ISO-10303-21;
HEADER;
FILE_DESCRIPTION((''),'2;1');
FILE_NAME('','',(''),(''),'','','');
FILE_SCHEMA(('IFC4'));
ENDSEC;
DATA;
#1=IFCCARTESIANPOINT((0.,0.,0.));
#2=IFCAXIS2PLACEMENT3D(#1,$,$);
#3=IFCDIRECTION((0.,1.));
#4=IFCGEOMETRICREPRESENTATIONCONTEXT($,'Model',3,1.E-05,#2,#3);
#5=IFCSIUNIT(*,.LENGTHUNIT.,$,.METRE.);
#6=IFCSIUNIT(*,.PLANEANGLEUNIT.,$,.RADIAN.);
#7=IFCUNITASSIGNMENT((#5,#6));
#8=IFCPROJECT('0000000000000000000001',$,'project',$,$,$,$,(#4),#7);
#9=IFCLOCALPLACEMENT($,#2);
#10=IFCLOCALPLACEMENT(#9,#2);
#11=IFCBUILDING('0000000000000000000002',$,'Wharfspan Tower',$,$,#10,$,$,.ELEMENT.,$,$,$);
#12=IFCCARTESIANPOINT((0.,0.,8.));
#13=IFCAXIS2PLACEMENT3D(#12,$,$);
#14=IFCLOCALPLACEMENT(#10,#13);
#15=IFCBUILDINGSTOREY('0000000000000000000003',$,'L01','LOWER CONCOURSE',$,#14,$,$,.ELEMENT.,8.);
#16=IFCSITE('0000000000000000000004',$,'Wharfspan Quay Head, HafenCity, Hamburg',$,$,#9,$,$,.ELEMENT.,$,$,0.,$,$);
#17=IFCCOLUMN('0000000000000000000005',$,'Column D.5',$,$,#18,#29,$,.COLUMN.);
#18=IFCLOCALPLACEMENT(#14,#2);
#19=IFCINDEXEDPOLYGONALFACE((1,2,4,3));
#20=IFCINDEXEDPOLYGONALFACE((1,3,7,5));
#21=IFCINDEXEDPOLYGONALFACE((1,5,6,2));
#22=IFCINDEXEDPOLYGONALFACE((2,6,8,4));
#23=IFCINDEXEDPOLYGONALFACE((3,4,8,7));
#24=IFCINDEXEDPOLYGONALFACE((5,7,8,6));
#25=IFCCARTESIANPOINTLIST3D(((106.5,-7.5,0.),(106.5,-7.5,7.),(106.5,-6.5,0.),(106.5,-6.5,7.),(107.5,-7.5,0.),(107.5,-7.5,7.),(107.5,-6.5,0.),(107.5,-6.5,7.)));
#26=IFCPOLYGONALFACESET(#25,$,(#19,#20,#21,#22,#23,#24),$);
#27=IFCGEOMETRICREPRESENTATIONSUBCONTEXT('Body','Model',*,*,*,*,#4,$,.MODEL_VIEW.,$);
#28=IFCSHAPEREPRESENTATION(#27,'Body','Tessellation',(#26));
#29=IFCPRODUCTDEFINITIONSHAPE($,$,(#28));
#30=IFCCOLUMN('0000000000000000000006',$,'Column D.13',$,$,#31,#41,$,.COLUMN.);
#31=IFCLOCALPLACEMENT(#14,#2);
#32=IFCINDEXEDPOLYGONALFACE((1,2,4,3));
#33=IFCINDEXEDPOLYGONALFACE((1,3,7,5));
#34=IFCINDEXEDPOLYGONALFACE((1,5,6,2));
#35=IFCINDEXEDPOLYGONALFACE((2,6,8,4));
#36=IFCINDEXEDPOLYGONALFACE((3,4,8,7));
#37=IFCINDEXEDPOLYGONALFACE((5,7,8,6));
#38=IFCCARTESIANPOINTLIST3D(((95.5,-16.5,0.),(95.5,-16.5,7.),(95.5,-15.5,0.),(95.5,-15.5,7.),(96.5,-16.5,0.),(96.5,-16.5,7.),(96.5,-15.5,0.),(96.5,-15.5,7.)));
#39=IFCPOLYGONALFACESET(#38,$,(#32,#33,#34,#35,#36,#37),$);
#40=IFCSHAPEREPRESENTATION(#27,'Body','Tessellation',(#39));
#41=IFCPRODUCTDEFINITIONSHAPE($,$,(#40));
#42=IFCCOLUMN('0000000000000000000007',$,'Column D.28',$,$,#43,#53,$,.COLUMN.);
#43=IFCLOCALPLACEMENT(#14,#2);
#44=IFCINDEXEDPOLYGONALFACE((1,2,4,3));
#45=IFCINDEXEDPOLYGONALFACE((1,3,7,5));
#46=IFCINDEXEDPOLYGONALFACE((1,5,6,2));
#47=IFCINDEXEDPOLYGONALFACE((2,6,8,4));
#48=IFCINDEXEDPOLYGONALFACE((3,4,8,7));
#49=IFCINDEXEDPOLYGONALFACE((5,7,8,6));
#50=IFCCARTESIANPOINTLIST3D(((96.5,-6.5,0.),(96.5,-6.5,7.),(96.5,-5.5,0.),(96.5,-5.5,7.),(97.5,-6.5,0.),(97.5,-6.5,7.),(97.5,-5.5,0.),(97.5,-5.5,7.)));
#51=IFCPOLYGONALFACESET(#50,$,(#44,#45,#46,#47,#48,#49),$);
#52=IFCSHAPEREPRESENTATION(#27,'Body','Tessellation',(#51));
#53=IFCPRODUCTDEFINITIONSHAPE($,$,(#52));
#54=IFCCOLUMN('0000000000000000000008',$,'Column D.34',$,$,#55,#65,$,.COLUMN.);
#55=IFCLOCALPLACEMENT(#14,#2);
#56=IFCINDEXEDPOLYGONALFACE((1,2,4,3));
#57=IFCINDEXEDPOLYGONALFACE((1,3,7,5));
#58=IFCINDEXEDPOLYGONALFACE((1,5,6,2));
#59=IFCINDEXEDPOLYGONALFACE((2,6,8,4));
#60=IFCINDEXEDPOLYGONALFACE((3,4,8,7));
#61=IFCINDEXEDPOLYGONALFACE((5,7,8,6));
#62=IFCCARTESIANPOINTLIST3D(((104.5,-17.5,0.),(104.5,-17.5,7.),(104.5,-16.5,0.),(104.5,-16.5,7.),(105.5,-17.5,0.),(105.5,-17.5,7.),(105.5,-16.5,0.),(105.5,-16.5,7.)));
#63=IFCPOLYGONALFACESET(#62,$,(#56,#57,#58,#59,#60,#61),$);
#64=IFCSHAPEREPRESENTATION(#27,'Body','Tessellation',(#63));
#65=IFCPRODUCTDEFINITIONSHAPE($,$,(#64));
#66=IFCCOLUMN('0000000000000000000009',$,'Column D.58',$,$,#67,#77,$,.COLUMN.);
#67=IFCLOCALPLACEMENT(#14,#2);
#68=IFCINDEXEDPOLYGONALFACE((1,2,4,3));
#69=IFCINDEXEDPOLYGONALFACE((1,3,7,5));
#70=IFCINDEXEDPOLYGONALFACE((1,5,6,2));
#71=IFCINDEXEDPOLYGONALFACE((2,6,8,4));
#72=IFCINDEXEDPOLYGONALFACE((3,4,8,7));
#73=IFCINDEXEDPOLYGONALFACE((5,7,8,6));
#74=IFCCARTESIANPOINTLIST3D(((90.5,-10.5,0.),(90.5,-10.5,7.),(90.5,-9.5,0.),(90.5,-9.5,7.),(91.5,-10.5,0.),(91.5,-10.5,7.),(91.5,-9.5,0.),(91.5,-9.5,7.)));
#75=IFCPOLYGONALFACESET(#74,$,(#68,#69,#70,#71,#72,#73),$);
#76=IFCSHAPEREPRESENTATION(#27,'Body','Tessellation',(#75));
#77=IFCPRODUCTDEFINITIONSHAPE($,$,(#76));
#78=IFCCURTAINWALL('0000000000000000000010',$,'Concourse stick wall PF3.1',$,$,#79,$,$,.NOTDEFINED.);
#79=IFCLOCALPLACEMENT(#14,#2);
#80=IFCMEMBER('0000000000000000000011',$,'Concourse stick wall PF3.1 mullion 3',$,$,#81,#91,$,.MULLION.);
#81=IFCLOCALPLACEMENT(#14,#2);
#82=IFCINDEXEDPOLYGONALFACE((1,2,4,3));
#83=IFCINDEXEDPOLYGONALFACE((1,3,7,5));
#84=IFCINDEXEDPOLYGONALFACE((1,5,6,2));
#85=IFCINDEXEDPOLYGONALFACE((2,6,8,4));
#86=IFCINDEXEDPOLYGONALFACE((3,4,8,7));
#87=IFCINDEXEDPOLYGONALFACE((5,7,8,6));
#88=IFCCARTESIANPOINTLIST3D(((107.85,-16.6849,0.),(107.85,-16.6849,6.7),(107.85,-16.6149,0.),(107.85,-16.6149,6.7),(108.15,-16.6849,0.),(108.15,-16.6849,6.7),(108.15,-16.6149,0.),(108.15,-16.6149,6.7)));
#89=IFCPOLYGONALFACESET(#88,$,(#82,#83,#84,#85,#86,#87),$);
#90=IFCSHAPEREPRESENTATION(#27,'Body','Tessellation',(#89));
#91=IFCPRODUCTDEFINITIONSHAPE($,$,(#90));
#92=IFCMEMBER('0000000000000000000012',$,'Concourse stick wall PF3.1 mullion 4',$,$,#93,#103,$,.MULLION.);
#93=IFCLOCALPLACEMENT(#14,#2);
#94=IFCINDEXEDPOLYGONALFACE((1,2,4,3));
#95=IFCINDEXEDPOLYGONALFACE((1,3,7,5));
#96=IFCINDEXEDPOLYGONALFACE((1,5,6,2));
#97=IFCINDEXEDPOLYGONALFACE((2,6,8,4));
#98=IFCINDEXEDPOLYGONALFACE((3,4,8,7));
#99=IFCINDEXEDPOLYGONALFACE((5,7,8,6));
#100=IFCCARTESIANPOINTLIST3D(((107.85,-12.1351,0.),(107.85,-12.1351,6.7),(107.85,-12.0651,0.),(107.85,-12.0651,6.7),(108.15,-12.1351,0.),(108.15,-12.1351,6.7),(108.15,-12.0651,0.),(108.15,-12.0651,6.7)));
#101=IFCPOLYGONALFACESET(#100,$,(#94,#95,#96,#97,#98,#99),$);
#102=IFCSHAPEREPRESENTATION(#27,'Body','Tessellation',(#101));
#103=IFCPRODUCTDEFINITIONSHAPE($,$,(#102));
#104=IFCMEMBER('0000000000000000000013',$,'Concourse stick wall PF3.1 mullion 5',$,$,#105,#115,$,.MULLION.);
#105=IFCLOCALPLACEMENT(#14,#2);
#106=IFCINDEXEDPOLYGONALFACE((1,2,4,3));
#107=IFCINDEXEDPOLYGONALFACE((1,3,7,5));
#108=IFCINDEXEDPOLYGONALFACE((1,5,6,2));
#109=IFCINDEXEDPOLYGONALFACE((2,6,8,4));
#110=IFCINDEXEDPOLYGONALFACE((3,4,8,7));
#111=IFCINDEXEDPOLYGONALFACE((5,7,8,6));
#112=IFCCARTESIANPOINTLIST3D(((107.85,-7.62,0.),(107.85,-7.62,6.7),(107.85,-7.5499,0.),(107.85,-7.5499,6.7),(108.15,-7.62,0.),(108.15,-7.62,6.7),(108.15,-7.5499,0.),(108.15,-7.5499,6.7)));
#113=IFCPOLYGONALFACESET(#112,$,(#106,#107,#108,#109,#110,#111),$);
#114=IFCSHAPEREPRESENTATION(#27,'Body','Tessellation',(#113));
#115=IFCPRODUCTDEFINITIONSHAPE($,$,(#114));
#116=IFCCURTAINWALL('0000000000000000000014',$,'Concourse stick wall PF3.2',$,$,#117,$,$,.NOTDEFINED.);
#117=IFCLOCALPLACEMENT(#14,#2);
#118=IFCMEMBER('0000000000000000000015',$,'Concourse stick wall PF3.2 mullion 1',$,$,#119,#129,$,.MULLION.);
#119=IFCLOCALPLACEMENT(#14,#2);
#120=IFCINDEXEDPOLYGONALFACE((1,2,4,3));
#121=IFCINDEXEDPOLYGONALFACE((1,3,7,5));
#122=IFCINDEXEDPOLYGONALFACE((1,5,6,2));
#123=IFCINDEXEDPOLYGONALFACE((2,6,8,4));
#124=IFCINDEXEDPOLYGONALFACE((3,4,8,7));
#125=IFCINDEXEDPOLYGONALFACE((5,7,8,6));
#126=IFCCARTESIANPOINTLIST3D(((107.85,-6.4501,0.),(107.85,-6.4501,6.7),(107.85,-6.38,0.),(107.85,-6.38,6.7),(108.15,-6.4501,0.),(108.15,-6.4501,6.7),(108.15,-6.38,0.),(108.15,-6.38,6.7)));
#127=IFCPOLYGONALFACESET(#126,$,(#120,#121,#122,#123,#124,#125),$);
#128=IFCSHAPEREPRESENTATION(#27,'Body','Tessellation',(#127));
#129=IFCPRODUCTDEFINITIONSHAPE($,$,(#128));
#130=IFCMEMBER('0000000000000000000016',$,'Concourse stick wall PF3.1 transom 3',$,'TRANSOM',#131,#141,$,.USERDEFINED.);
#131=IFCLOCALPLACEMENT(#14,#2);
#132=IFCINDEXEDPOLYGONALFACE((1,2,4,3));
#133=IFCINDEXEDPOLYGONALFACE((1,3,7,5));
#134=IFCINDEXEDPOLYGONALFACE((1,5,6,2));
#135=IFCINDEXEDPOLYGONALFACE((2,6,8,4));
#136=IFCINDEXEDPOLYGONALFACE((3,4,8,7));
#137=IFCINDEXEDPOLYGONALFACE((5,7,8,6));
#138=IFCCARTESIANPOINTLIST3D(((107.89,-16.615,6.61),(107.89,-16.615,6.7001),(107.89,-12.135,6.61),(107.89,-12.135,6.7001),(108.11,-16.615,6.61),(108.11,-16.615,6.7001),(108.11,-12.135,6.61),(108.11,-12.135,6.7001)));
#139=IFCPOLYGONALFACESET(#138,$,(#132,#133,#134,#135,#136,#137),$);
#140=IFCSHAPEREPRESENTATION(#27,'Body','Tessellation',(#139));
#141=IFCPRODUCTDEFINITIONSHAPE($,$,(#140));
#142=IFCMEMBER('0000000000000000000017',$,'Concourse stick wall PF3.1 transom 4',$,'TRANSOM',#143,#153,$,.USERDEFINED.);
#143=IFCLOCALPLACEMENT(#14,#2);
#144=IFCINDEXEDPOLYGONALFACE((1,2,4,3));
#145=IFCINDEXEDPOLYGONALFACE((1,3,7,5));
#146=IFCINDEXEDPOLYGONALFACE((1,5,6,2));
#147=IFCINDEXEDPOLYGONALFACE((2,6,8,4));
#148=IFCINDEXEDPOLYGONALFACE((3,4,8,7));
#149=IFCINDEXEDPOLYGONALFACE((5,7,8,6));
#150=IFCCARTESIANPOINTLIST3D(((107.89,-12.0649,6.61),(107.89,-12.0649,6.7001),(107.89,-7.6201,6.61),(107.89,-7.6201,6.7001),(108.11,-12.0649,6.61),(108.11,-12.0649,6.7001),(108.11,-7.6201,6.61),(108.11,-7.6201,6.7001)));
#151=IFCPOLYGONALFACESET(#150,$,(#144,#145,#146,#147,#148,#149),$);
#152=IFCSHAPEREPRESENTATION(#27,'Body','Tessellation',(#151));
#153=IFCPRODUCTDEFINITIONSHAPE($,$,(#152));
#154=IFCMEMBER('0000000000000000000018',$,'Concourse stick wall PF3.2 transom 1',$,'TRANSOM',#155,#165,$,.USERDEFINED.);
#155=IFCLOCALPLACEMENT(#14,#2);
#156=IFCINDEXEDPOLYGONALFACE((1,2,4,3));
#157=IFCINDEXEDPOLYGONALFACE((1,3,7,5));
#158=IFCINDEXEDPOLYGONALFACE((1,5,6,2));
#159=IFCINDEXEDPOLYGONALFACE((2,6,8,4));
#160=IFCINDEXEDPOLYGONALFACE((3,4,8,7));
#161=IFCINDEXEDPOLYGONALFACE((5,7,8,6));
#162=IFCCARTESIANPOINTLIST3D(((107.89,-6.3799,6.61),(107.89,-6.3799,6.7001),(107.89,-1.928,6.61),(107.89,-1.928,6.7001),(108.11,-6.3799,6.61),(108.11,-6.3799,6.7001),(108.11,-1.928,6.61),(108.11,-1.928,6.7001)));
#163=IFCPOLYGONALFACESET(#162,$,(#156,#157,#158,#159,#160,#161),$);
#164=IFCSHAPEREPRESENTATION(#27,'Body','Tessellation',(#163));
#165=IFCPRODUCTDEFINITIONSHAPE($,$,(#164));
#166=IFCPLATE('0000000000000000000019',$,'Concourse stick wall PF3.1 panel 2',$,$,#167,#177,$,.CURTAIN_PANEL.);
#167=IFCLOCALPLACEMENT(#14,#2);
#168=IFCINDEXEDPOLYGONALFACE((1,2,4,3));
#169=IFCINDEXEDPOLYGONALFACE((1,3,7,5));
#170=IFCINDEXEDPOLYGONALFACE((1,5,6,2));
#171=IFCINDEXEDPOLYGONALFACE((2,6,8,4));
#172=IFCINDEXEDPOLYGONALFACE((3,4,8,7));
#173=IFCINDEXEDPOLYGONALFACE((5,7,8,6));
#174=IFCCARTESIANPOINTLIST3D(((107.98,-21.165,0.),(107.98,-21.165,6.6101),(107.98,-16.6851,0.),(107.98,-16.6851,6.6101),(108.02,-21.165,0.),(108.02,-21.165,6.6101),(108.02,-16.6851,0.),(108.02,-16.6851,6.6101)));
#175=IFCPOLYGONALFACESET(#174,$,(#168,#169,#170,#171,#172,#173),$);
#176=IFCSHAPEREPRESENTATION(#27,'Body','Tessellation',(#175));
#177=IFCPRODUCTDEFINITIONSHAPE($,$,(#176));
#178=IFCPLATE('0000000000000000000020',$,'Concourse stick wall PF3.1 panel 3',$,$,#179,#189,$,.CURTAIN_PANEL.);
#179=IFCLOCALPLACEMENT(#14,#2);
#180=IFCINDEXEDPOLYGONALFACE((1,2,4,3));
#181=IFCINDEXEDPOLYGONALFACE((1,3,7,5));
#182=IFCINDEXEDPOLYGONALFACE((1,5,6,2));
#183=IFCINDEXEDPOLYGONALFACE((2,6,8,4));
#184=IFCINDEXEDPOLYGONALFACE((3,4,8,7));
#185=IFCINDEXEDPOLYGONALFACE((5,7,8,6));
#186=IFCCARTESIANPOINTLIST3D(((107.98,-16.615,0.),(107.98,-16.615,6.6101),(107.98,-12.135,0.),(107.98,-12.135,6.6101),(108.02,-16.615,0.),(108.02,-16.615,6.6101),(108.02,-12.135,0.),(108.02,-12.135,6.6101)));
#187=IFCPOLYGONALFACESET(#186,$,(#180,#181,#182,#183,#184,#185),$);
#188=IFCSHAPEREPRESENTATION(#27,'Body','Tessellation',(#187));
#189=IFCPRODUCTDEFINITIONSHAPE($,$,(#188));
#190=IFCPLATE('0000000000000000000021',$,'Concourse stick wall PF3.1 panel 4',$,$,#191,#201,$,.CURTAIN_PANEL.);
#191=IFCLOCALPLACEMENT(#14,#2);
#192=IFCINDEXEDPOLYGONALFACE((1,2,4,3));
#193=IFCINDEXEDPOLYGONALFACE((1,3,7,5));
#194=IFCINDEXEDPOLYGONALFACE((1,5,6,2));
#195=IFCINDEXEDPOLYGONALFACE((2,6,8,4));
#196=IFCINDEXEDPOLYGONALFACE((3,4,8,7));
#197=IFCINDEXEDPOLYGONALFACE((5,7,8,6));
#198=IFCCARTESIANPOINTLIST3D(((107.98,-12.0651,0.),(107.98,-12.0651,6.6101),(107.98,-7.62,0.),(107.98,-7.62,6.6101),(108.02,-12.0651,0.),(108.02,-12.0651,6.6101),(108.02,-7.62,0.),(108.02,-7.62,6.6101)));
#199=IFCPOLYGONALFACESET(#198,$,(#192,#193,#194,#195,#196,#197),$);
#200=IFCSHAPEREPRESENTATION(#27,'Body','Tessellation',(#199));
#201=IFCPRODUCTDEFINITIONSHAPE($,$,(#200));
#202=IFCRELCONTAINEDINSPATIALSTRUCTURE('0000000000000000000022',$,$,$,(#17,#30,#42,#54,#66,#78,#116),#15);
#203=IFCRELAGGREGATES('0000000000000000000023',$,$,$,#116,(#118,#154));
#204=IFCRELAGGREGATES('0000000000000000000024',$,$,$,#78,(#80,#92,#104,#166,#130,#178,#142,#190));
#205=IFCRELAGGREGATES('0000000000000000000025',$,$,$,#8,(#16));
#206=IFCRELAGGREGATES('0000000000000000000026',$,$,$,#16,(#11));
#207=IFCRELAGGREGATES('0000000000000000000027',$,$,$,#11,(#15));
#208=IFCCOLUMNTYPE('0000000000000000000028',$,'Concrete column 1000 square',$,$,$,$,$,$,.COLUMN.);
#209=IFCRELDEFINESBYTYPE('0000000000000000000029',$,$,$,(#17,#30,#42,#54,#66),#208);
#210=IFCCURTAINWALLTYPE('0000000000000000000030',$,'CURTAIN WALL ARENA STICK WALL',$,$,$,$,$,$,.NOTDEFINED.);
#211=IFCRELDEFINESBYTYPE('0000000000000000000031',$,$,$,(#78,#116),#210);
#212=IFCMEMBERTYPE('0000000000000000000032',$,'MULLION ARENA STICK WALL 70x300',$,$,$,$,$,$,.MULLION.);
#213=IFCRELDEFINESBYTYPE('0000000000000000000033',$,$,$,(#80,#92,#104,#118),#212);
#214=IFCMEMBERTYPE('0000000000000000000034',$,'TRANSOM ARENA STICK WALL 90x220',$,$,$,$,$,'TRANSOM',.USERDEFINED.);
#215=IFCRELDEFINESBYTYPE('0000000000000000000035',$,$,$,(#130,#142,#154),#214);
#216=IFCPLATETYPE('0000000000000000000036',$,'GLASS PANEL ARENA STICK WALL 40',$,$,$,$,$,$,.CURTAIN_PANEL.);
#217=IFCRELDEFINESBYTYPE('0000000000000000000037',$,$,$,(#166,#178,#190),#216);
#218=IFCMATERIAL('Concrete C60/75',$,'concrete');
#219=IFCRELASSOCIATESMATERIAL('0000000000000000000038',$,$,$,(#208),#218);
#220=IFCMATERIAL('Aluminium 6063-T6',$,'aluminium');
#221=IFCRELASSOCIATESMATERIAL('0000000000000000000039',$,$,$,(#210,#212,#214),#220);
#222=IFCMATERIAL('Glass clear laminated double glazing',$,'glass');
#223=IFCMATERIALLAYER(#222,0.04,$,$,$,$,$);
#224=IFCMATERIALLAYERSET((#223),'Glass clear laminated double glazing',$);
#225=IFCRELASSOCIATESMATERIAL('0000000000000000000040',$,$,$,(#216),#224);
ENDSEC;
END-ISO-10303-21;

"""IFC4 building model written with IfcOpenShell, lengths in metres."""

from ifc_helpers import new_model, si_unit, direction, frame, origin, origin_2d, place, context, subcontext, project, spatial, rectangle, extrude, material, layer, layer_set, material_profile, profile_set, type_object, element, aggregate, save


model = new_model("IFC4")

# Units and contexts
model_context = context("Model", 3, precision=1e-05, world=origin(), true_north=direction((0.0, 1.0)))
body_context = subcontext(model_context, "Body", "Model", "MODEL_VIEW")
ifc_project = project(units=[si_unit("LENGTHUNIT", "METRE"), si_unit("PLANEANGLEUNIT", "RADIAN")], contexts=[model_context])

# Site, building, storey
site_placement = place(None, origin())
site = spatial("IfcSite", under=ifc_project, at=site_placement, Name="Wharfspan Quay Head, HafenCity, Hamburg", CompositionType="ELEMENT", RefElevation=0.0)
building_placement = place(site_placement, origin())
building = spatial("IfcBuilding", under=site, at=building_placement, Name="Wharfspan Tower", CompositionType="ELEMENT")
storey_placement = place(building_placement, frame((0.0, 0.0, 8.0)))
storey = spatial("IfcBuildingStorey", under=building, at=storey_placement, Name="L01", Description="LOWER CONCOURSE", CompositionType="ELEMENT", Elevation=8.0)

# Columns
ifc_material_1 = material(Name="Concrete C60/75", Category="concrete")
ifc_material_profile_1 = material_profile(ifc_material_1, rectangle(XDim=1.0, YDim=1.0, at=origin_2d()))
ifc_profile_set_1 = profile_set([ifc_material_profile_1], Name="Concrete C60/75")
column_type = type_object("IfcColumnType", Name="Concrete column 1000 square", PredefinedType="COLUMN", material=ifc_profile_set_1)
for number, where, z_axis, x_axis, name in (
    (1, (107.0, -7.0, 0.0), (0.0, 0.0, 1.0), (1.0, 0.0, 0.0), "Column D.5"),
    (2, (96.0, -16.0, 0.0), (0.0, 0.0, 1.0), (1.0, 0.0, 0.0), "Column D.13"),
    (3, (97.0, -6.0, 0.0), (0.0, 0.0, 1.0), (1.0, 0.0, 0.0), "Column D.28"),
    (4, (105.0, -17.0, 0.0), (0.0, 0.0, 1.0), (1.0, 0.0, 0.0), "Column D.34"),
    (5, (91.0, -10.0, 0.0), (0.0, 0.0, 1.0), (1.0, 0.0, 0.0), "Column D.58"),
):
    element("IfcColumn", number, at=place(storey_placement, frame(where, z_axis=z_axis, x_axis=x_axis)), inside=storey, type_object=column_type, Name=name, PredefinedType="COLUMN", context=body_context, shape_type="SweptSolid", body=[
        extrude(rectangle(XDim=1.0, YDim=1.0, at=origin_2d()), origin(), (0.0, 0.0, 1.0), 7.0),
    ])

# Curtain wall, members
ifc_material_2 = material(Name="Aluminium 6063-T6", Category="aluminium")
curtain_wall_type = type_object("IfcCurtainWallType", Name="CURTAIN WALL ARENA STICK WALL", PredefinedType="NOTDEFINED", material=ifc_material_2)
curtain_wall_1_placement = place(storey_placement, origin())
curtain_wall_1 = element("IfcCurtainWall", 6, at=curtain_wall_1_placement, inside=storey, type_object=curtain_wall_type, Name="Concourse stick wall PF3.1", PredefinedType="NOTDEFINED")
ifc_material_profile_2 = material_profile(ifc_material_2, rectangle(XDim=0.3, YDim=0.0701, at=origin_2d()))
ifc_profile_set_2 = profile_set([ifc_material_profile_2], Name="Aluminium 6063-T6")
member_type_1 = type_object("IfcMemberType", Name="MULLION ARENA STICK WALL 70x300", PredefinedType="MULLION", material=ifc_profile_set_2)
member_1_placement = place(storey_placement, frame((108.0, -16.6499, 0.0), z_axis=(0.0, 0.0, 1.0), x_axis=(-1.0, 0.0, 0.0)))
member_1 = element("IfcMember", 7, at=member_1_placement, type_object=member_type_1, Name="Concourse stick wall PF3.1 mullion 3", PredefinedType="MULLION", context=body_context, shape_type="SweptSolid", body=[
    extrude(rectangle(XDim=0.3, YDim=0.0701, at=origin_2d()), origin(), (0.0, 0.0, 1.0), 6.7),
])
member_2_placement = place(storey_placement, frame((108.0, -12.1001, 0.0), z_axis=(0.0, 0.0, 1.0), x_axis=(-1.0, 0.0, 0.0)))
member_2 = element("IfcMember", 8, at=member_2_placement, type_object=member_type_1, Name="Concourse stick wall PF3.1 mullion 4", PredefinedType="MULLION", context=body_context, shape_type="SweptSolid", body=[
    extrude(rectangle(XDim=0.3, YDim=0.0701, at=origin_2d()), origin(), (0.0, 0.0, 1.0), 6.7),
])
member_3_placement = place(storey_placement, frame((108.0, -7.585, 0.0), z_axis=(0.0, 0.0, 1.0), x_axis=(-1.0, 0.0, 0.0)))
member_3 = element("IfcMember", 9, at=member_3_placement, type_object=member_type_1, Name="Concourse stick wall PF3.1 mullion 5", PredefinedType="MULLION", context=body_context, shape_type="SweptSolid", body=[
    extrude(rectangle(XDim=0.3, YDim=0.0701, at=origin_2d()), origin(), (0.0, 0.0, 1.0), 6.7),
])

# Curtain wall, member
curtain_wall_2_placement = place(storey_placement, origin())
curtain_wall_2 = element("IfcCurtainWall", 10, at=curtain_wall_2_placement, inside=storey, type_object=curtain_wall_type, Name="Concourse stick wall PF3.2", PredefinedType="NOTDEFINED")
member_4_placement = place(storey_placement, frame((108.0, -6.415, 0.0), z_axis=(0.0, 0.0, 1.0), x_axis=(-1.0, 0.0, 0.0)))
member_4 = element("IfcMember", 11, at=member_4_placement, type_object=member_type_1, Name="Concourse stick wall PF3.2 mullion 1", PredefinedType="MULLION", context=body_context, shape_type="SweptSolid", body=[
    extrude(rectangle(XDim=0.3, YDim=0.0701, at=origin_2d()), origin(), (0.0, 0.0, 1.0), 6.7),
])

# Members
ifc_material_profile_3 = material_profile(ifc_material_2, rectangle(XDim=0.22, YDim=0.0901, at=origin_2d()))
ifc_profile_set_3 = profile_set([ifc_material_profile_3], Name="Aluminium 6063-T6")
member_type_2 = type_object("IfcMemberType", Name="TRANSOM ARENA STICK WALL 90x220", ElementType="TRANSOM", PredefinedType="USERDEFINED", material=ifc_profile_set_3)
member_5_placement = place(storey_placement, frame((108.0, -16.615, 6.655), z_axis=(0.0, 1.0, 0.0), x_axis=(-1.0, 0.0, 0.0)))
member_5 = element("IfcMember", 12, at=member_5_placement, type_object=member_type_2, Name="Concourse stick wall PF3.1 transom 3", ObjectType="TRANSOM", PredefinedType="USERDEFINED", context=body_context, shape_type="SweptSolid", body=[
    extrude(rectangle(XDim=0.22, YDim=0.0901, at=origin_2d()), origin(), (0.0, 0.0, 1.0), 4.48),
])
member_6_placement = place(storey_placement, frame((108.0, -12.0649, 6.655), z_axis=(0.0, 1.0, 0.0), x_axis=(-1.0, 0.0, 0.0)))
member_6 = element("IfcMember", 13, at=member_6_placement, type_object=member_type_2, Name="Concourse stick wall PF3.1 transom 4", ObjectType="TRANSOM", PredefinedType="USERDEFINED", context=body_context, shape_type="SweptSolid", body=[
    extrude(rectangle(XDim=0.22, YDim=0.0901, at=origin_2d()), origin(), (0.0, 0.0, 1.0), 4.4448),
])
member_7_placement = place(storey_placement, frame((108.0, -6.3799, 6.655), z_axis=(0.0, 1.0, 0.0), x_axis=(-1.0, 0.0, 0.0)))
member_7 = element("IfcMember", 14, at=member_7_placement, type_object=member_type_2, Name="Concourse stick wall PF3.2 transom 1", ObjectType="TRANSOM", PredefinedType="USERDEFINED", context=body_context, shape_type="SweptSolid", body=[
    extrude(rectangle(XDim=0.22, YDim=0.0901, at=origin_2d()), origin(), (0.0, 0.0, 1.0), 4.4519),
])
aggregate(curtain_wall_2, [member_4, member_7])

# Plates
ifc_material_3 = material(Name="Glass clear laminated double glazing", Category="glass")
ifc_layer_1 = layer(ifc_material_3, 0.04)
ifc_layer_set_1 = layer_set([ifc_layer_1], Name="Glass clear laminated double glazing")
plate_type = type_object("IfcPlateType", Name="GLASS PANEL ARENA STICK WALL 40", PredefinedType="CURTAIN_PANEL", material=ifc_layer_set_1)
plate_1_placement = place(storey_placement, frame((108.0, -18.925, 0.0), z_axis=(0.0, 0.0, 1.0), x_axis=(0.0, 1.0, 0.0)))
plate_1 = element("IfcPlate", 15, at=plate_1_placement, type_object=plate_type, Name="Concourse stick wall PF3.1 panel 2", PredefinedType="CURTAIN_PANEL", context=body_context, shape_type="SweptSolid", body=[
    extrude(rectangle(XDim=4.48, YDim=0.04, at=origin_2d()), origin(), (0.0, 0.0, 1.0), 6.6101),
])
plate_2_placement = place(storey_placement, frame((108.0, -14.375, 0.0), z_axis=(0.0, 0.0, 1.0), x_axis=(0.0, 1.0, 0.0)))
plate_2 = element("IfcPlate", 16, at=plate_2_placement, type_object=plate_type, Name="Concourse stick wall PF3.1 panel 3", PredefinedType="CURTAIN_PANEL", context=body_context, shape_type="SweptSolid", body=[
    extrude(rectangle(XDim=4.48, YDim=0.04, at=origin_2d()), origin(), (0.0, 0.0, 1.0), 6.6101),
])
plate_3_placement = place(storey_placement, frame((108.0, -9.8425, 0.0), z_axis=(0.0, 0.0, 1.0), x_axis=(0.0, 1.0, 0.0)))
plate_3 = element("IfcPlate", 17, at=plate_3_placement, type_object=plate_type, Name="Concourse stick wall PF3.1 panel 4", PredefinedType="CURTAIN_PANEL", context=body_context, shape_type="SweptSolid", body=[
    extrude(rectangle(XDim=4.4451, YDim=0.04, at=origin_2d()), origin(), (0.0, 0.0, 1.0), 6.6101),
])
aggregate(curtain_wall_1, [member_1, member_2, member_3, plate_1, member_5, plate_2, member_6, plate_3])

save(model, "model.ifc")
